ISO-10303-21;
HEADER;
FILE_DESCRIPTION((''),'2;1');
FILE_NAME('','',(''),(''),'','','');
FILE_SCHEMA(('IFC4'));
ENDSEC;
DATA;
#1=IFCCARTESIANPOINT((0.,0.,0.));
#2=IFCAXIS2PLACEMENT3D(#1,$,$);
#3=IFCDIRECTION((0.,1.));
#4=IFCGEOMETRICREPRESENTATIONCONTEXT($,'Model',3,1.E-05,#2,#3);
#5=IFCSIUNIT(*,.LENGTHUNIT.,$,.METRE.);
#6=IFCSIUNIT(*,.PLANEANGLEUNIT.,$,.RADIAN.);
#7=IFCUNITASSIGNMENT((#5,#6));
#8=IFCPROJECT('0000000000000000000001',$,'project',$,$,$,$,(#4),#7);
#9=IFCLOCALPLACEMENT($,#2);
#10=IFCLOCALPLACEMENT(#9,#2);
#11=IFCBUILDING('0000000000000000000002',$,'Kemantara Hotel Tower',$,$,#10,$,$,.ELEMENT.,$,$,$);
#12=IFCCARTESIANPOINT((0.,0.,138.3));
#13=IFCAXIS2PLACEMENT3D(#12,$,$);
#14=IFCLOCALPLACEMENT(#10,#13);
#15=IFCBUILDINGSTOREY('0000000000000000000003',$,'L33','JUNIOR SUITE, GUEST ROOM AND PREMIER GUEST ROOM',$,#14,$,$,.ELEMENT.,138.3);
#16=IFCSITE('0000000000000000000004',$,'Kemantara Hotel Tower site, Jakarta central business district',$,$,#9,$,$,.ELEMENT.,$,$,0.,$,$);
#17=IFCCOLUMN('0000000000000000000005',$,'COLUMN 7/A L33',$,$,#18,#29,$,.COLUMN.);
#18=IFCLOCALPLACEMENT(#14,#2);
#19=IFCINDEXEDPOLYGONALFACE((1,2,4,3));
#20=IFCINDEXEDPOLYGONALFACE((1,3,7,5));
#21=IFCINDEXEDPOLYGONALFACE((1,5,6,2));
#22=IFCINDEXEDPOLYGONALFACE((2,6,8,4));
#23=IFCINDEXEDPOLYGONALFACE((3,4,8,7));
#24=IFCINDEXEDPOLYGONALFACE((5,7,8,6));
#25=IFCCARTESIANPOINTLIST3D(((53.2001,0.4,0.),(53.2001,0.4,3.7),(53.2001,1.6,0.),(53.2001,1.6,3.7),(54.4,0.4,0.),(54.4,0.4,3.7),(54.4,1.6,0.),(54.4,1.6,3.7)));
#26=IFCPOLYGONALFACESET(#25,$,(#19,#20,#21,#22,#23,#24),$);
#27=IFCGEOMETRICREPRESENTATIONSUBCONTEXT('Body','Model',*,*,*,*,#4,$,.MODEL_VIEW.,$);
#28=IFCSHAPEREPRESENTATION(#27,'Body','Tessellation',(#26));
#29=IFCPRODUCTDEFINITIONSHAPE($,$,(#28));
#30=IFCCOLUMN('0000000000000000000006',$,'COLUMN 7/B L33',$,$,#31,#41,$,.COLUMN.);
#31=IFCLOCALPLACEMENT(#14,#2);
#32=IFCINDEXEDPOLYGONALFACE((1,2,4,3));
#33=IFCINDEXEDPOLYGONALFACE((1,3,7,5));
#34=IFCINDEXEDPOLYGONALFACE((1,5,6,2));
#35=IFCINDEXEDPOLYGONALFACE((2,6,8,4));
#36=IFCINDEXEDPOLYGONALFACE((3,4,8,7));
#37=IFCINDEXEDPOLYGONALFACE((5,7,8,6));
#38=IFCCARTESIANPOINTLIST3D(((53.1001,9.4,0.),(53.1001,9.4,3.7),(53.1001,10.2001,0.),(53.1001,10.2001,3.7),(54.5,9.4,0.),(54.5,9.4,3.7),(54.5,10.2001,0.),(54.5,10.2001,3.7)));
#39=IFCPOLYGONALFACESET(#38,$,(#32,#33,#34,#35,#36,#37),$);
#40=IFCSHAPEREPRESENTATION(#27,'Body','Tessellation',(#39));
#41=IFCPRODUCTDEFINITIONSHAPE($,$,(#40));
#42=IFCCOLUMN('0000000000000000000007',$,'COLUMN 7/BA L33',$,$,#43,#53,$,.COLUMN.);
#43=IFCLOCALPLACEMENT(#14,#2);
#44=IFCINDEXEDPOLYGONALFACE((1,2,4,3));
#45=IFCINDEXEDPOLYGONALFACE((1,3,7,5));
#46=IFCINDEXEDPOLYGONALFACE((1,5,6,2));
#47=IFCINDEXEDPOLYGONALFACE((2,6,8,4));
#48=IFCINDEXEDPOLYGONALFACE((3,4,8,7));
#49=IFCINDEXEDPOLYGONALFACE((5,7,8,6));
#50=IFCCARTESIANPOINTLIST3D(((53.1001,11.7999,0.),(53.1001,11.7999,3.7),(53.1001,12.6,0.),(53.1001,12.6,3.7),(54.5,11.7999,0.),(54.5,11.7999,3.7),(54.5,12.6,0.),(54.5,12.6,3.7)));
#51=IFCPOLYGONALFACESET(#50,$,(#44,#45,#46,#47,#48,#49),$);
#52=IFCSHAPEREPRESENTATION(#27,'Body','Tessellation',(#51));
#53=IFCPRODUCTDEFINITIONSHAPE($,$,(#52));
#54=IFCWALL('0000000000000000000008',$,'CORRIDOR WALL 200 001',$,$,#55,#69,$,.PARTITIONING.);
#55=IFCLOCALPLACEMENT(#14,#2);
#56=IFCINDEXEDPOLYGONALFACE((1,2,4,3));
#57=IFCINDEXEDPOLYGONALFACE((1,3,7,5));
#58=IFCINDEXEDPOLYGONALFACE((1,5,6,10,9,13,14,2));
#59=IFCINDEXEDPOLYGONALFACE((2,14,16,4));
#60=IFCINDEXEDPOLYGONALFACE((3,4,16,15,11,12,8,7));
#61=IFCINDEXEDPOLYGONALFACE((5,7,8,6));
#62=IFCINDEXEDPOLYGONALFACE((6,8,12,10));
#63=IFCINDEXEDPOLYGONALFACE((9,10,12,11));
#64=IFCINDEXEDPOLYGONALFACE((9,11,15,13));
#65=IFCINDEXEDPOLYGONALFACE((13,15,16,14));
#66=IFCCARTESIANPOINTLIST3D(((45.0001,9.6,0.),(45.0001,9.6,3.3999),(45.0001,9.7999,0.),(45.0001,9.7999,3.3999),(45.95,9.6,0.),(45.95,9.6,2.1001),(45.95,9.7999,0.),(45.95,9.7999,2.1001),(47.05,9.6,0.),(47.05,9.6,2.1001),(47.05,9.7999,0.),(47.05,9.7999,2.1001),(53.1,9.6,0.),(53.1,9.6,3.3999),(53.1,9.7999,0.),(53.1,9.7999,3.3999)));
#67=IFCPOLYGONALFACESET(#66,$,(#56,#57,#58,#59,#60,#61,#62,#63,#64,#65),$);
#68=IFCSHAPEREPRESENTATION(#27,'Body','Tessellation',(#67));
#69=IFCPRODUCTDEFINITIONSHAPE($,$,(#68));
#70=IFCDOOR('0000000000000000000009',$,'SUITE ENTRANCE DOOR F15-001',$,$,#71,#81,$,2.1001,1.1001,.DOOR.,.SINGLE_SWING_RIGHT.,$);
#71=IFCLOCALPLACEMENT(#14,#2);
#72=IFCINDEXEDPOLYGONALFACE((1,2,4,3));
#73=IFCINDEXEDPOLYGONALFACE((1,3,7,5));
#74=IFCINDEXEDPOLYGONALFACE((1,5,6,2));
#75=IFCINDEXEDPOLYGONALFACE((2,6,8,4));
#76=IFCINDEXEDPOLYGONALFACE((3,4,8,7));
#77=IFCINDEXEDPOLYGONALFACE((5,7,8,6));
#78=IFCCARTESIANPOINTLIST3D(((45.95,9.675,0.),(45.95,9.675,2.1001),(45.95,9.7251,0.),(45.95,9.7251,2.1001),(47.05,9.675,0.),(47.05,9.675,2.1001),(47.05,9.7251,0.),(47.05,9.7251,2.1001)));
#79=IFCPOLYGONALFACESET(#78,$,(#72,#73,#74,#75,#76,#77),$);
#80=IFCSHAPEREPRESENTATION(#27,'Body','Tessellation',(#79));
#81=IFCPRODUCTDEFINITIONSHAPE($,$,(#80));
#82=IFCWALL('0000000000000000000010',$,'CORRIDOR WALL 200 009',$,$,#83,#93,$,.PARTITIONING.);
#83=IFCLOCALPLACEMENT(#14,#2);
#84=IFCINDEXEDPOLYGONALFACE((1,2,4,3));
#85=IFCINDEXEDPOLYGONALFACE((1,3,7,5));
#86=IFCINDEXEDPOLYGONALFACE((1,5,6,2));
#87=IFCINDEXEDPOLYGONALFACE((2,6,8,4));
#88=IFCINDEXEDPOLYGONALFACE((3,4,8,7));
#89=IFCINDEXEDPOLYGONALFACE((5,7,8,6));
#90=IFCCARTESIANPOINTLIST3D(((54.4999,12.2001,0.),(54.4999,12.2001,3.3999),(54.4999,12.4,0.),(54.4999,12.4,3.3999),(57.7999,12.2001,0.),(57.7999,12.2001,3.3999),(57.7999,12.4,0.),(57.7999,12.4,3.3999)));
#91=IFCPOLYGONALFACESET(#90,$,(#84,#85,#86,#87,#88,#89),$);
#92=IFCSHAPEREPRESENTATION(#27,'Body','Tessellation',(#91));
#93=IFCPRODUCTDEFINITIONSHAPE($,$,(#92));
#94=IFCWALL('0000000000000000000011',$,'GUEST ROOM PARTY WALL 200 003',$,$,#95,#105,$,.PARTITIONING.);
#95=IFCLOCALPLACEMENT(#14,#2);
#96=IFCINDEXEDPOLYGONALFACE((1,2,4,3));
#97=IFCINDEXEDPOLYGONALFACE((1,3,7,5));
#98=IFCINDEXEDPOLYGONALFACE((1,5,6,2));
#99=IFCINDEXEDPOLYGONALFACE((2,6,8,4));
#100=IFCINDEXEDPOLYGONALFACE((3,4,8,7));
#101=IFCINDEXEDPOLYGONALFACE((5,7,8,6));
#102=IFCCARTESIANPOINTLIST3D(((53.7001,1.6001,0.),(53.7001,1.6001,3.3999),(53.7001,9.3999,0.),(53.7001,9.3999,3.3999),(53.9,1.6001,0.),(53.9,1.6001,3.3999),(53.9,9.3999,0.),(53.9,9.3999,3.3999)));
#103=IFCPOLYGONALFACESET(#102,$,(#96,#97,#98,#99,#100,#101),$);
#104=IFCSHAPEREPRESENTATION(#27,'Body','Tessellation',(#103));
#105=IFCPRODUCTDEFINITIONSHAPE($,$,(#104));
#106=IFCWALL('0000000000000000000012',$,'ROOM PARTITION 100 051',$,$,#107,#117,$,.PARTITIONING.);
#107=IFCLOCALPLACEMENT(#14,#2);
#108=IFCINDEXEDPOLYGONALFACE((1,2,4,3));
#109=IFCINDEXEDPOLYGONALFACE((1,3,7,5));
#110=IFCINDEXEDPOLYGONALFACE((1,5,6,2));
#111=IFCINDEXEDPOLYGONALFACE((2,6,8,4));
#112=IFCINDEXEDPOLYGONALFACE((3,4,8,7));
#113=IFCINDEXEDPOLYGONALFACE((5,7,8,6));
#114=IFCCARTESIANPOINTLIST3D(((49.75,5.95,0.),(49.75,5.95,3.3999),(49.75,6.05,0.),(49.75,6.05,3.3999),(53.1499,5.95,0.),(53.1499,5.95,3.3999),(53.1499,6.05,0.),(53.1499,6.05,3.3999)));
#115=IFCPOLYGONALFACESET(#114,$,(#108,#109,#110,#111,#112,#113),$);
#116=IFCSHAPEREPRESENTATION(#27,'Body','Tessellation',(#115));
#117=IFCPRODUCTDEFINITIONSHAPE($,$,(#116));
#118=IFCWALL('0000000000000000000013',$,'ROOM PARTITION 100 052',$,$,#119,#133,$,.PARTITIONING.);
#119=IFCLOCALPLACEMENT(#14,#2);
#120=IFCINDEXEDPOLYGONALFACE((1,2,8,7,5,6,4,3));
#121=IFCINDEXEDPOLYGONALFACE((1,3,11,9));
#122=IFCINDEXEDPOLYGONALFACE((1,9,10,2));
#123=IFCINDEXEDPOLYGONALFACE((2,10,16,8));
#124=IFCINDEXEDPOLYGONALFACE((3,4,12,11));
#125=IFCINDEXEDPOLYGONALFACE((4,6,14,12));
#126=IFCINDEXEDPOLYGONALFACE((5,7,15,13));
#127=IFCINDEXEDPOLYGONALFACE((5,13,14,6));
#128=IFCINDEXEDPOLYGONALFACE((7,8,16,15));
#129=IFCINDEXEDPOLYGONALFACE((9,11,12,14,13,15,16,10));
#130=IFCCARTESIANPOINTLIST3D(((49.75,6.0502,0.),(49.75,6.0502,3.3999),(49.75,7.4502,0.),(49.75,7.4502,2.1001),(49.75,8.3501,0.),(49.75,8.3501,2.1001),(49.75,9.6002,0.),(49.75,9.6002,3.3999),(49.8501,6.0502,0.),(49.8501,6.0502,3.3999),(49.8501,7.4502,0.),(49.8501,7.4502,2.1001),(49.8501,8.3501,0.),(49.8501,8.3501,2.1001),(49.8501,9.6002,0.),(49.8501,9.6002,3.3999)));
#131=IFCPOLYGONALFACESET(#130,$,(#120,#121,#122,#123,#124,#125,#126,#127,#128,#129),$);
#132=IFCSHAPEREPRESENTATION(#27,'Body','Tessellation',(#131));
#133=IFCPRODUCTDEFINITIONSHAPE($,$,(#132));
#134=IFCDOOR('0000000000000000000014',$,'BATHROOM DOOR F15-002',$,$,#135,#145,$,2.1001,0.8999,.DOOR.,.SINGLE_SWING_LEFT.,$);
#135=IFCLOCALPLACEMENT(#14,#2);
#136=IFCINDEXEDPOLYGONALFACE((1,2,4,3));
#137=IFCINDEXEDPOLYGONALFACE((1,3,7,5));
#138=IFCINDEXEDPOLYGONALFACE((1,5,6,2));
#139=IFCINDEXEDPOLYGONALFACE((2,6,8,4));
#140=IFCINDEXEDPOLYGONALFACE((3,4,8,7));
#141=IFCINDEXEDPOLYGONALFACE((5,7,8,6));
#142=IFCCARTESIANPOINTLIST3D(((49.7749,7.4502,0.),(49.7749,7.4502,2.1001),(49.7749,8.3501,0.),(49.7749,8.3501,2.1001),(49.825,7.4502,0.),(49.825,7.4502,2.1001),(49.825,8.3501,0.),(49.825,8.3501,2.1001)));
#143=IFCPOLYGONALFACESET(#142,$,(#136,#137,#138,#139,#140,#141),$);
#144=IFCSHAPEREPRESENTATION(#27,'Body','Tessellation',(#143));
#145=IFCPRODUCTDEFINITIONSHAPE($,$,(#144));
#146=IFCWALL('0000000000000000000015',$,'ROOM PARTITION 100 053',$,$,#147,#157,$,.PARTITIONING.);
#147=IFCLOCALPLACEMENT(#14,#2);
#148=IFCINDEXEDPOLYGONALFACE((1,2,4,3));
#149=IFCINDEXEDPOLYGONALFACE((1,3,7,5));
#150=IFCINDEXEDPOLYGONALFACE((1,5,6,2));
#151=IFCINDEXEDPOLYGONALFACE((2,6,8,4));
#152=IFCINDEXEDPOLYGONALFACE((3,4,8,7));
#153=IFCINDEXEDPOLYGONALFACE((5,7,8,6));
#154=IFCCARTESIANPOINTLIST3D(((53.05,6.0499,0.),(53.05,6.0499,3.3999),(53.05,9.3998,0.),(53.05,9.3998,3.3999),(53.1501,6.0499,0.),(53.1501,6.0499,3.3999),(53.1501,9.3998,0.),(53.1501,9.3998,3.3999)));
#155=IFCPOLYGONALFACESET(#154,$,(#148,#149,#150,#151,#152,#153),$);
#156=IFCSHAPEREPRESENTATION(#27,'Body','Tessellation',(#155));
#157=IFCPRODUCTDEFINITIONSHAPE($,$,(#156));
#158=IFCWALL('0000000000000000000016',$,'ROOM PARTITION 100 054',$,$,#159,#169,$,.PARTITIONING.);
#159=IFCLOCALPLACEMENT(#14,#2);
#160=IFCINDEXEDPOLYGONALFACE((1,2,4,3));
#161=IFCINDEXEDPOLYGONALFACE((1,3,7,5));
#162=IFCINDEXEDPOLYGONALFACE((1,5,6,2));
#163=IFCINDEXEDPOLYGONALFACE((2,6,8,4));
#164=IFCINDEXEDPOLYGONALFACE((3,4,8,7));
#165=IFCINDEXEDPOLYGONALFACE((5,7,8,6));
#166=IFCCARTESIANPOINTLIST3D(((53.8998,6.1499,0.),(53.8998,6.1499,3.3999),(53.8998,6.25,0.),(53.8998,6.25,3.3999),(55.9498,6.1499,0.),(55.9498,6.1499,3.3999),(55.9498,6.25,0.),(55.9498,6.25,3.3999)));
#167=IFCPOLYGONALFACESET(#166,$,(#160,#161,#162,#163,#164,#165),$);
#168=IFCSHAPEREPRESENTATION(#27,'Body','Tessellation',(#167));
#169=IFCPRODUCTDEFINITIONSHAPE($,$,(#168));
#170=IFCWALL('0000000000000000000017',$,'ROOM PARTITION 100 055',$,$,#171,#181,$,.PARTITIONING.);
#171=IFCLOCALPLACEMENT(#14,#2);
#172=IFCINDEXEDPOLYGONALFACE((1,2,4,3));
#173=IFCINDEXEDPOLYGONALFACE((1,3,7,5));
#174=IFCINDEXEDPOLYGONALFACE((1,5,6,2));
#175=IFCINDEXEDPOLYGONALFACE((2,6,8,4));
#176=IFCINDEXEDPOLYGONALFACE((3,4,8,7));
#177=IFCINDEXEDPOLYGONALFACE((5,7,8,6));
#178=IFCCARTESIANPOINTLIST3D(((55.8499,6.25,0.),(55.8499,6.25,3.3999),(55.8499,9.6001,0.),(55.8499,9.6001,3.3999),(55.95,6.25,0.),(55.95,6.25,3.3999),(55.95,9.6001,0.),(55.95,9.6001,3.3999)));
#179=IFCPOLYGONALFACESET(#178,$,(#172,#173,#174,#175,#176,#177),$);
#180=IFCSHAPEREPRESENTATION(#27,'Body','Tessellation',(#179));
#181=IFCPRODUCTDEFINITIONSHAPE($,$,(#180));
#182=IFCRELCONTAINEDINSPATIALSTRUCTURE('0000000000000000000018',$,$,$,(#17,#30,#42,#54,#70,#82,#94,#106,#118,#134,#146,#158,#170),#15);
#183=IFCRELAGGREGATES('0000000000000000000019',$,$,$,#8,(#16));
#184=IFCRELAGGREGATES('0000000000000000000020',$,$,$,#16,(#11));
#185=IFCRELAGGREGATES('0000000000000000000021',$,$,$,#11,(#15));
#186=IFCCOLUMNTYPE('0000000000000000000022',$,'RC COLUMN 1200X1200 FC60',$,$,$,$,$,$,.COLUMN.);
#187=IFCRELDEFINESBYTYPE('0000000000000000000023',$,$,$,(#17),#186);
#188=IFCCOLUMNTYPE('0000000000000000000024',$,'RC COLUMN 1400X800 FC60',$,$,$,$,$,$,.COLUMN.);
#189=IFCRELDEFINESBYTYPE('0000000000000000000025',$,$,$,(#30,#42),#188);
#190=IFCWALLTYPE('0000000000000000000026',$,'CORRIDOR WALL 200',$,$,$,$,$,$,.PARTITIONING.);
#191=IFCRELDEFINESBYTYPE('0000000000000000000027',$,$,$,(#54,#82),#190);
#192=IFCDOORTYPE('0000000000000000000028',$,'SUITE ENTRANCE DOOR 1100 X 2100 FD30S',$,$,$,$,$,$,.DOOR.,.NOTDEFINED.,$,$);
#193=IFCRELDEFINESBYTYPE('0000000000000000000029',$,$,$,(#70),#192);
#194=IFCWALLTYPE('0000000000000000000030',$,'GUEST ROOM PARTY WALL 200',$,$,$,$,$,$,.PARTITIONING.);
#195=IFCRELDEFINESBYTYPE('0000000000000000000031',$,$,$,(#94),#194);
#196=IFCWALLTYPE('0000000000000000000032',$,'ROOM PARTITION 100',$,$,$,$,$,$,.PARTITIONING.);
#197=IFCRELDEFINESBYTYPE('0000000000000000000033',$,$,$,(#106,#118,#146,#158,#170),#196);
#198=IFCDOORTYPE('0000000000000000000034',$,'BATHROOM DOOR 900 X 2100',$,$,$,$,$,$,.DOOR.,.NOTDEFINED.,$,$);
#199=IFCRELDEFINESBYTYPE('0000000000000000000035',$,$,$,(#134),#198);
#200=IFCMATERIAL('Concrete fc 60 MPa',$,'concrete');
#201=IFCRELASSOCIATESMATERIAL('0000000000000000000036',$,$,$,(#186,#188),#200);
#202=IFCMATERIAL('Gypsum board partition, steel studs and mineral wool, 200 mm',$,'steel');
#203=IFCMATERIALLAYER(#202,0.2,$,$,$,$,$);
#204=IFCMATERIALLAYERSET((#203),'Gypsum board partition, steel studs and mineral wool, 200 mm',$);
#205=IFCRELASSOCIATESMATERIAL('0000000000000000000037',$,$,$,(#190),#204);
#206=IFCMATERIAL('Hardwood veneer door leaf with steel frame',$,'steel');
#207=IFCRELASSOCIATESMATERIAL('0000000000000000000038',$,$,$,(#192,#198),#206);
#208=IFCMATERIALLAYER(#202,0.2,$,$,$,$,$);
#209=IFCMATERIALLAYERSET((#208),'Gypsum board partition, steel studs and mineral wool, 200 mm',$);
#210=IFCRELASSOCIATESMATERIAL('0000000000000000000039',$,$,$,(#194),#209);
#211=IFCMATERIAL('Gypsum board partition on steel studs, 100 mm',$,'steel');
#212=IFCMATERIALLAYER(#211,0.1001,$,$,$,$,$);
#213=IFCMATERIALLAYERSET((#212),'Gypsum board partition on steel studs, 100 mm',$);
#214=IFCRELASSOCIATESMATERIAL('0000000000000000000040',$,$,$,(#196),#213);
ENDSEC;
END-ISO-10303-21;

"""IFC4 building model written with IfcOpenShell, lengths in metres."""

from ifc_helpers import new_model, si_unit, direction, frame, frame_2d, origin, origin_2d, place, context, subcontext, project, spatial, rectangle, extrude, material, layer, layer_set, material_profile, profile_set, type_object, element, fill, save


model = new_model("IFC4")

# Units and contexts
model_context = context("Model", 3, precision=1e-05, world=origin(), true_north=direction((0.0, 1.0)))
body_context = subcontext(model_context, "Body", "Model", "MODEL_VIEW")
ifc_project = project(units=[si_unit("LENGTHUNIT", "METRE"), si_unit("PLANEANGLEUNIT", "RADIAN")], contexts=[model_context])

# Site, building, storey
site_placement = place(None, origin())
site = spatial("IfcSite", under=ifc_project, at=site_placement, Name="Kemantara Hotel Tower site, Jakarta central business district", CompositionType="ELEMENT", RefElevation=0.0)
building_placement = place(site_placement, origin())
building = spatial("IfcBuilding", under=site, at=building_placement, Name="Kemantara Hotel Tower", CompositionType="ELEMENT")
storey_placement = place(building_placement, frame((0.0, 0.0, 138.3)))
storey = spatial("IfcBuildingStorey", under=building, at=storey_placement, Name="L33", Description="JUNIOR SUITE, GUEST ROOM AND PREMIER GUEST ROOM", CompositionType="ELEMENT", Elevation=138.3)

# Columns
ifc_material_1 = material(Name="Concrete fc 60 MPa", Category="concrete")
ifc_material_profile_1 = material_profile(ifc_material_1, rectangle(XDim=1.2, YDim=1.2, at=origin_2d()), Name="RC 1200X1200")
ifc_profile_set_1 = profile_set([ifc_material_profile_1], Name="Concrete fc 60 MPa")
column_type_1 = type_object("IfcColumnType", Name="RC COLUMN 1200X1200 FC60", PredefinedType="COLUMN", material=ifc_profile_set_1)
column_placement = place(storey_placement, frame((53.8, 1.0, 0.0), z_axis=(0.0, 0.0, 1.0), x_axis=(1.0, 0.0, 0.0)))
element("IfcColumn", 1, at=column_placement, inside=storey, type_object=column_type_1, Name="COLUMN 7/A L33", PredefinedType="COLUMN", context=body_context, shape_type="SweptSolid", body=[
    extrude(rectangle(XDim=1.2, YDim=1.2, at=origin_2d()), origin(), (0.0, 0.0, 1.0), 3.7),
])
ifc_material_profile_2 = material_profile(ifc_material_1, rectangle(XDim=1.3999, YDim=0.8, at=origin_2d()), Name="RC 1400X800")
ifc_profile_set_2 = profile_set([ifc_material_profile_2], Name="Concrete fc 60 MPa")
column_type_2 = type_object("IfcColumnType", Name="RC COLUMN 1400X800 FC60", PredefinedType="COLUMN", material=ifc_profile_set_2)
for number, where, z_axis, x_axis, name in (
    (2, (53.8, 9.8, 0.0), (0.0, 0.0, 1.0), (1.0, 0.0, 0.0), "COLUMN 7/B L33"),
    (3, (53.8, 12.2, 0.0), (0.0, 0.0, 1.0), (1.0, 0.0, 0.0), "COLUMN 7/BA L33"),
):
    element("IfcColumn", number, at=place(storey_placement, frame(where, z_axis=z_axis, x_axis=x_axis)), inside=storey, type_object=column_type_2, Name=name, PredefinedType="COLUMN", context=body_context, shape_type="SweptSolid", body=[
        extrude(rectangle(XDim=1.3999, YDim=0.8, at=origin_2d()), origin(), (0.0, 0.0, 1.0), 3.7),
    ])

# Wall, opening, door
ifc_material_2 = material(Name="Gypsum board partition, steel studs and mineral wool, 200 mm", Category="steel")
ifc_layer_1 = layer(ifc_material_2, 0.2)
ifc_layer_set_1 = layer_set([ifc_layer_1], Name="Gypsum board partition, steel studs and mineral wool, 200 mm")
wall_type_1 = type_object("IfcWallType", Name="CORRIDOR WALL 200", PredefinedType="PARTITIONING", material=ifc_layer_set_1)
wall_1_placement = place(storey_placement, frame((53.0999, 9.7, 0.0), z_axis=(0.0, 0.0, 1.0), x_axis=(-1.0, 0.0, 0.0)))
wall_1 = element("IfcWall", 4, at=wall_1_placement, inside=storey, type_object=wall_type_1, Name="CORRIDOR WALL 200 001", PredefinedType="PARTITIONING", context=body_context, shape_type="SweptSolid", body=[
    extrude(rectangle(XDim=8.0999, YDim=0.2, at=frame_2d((4.0498, 0.0))), origin(), (0.0, 0.0, 1.0), 3.3999),
])
opening_1_placement = place(wall_1_placement, frame((6.0498, 0.0, 0.0)))
opening_1 = element("IfcOpeningElement", 5, at=opening_1_placement, cuts=wall_1, PredefinedType="OPENING", context=body_context, shape_type="SweptSolid", body=[
    extrude(rectangle(XDim=1.1001, YDim=2.1001, at=frame_2d((0.55, 1.05))), frame((0.0, 0.1099, 0.0), z_axis=(0.0, -1.0, 0.0), x_axis=(1.0, 0.0, 0.0)), (0.0, 0.0, 1.0), 0.22),
])
ifc_material_3 = material(Name="Hardwood veneer door leaf with steel frame", Category="steel")
door_type_1 = type_object("IfcDoorType", Name="SUITE ENTRANCE DOOR 1100 X 2100 FD30S", OperationType="NOTDEFINED", PredefinedType="DOOR", material=ifc_material_3)
door_1_placement = place(opening_1_placement, origin())
door_1 = element("IfcDoor", 6, at=door_1_placement, inside=storey, type_object=door_type_1, Name="SUITE ENTRANCE DOOR F15-001", OperationType="SINGLE_SWING_RIGHT", OverallHeight=2.1001, OverallWidth=1.1001, PredefinedType="DOOR", context=body_context, shape_type="SweptSolid", body=[
    extrude(rectangle(XDim=1.1001, YDim=2.1001, at=frame_2d((0.55, 1.05))), frame((0.0, 0.0249, 0.0), z_axis=(0.0, -1.0, 0.0), x_axis=(1.0, 0.0, 0.0)), (0.0, 0.0, 1.0), 0.05),
])
fill(opening_1, door_1)

# Walls
wall_2_placement = place(storey_placement, frame((54.5, 12.3, 0.0), z_axis=(0.0, 0.0, 1.0), x_axis=(1.0, 0.0, 0.0)))
element("IfcWall", 7, at=wall_2_placement, inside=storey, type_object=wall_type_1, Name="CORRIDOR WALL 200 009", PredefinedType="PARTITIONING", context=body_context, shape_type="SweptSolid", body=[
    extrude(rectangle(XDim=3.3, YDim=0.2, at=frame_2d((1.6499, 0.0))), origin(), (0.0, 0.0, 1.0), 3.3999),
])
ifc_layer_2 = layer(ifc_material_2, 0.2)
ifc_layer_set_2 = layer_set([ifc_layer_2], Name="Gypsum board partition, steel studs and mineral wool, 200 mm")
wall_type_2 = type_object("IfcWallType", Name="GUEST ROOM PARTY WALL 200", PredefinedType="PARTITIONING", material=ifc_layer_set_2)
wall_3_placement = place(storey_placement, frame((53.8, 1.6001, 0.0), z_axis=(0.0, 0.0, 1.0), x_axis=(0.0, 1.0, 0.0)))
element("IfcWall", 8, at=wall_3_placement, inside=storey, type_object=wall_type_2, Name="GUEST ROOM PARTY WALL 200 003", PredefinedType="PARTITIONING", context=body_context, shape_type="SweptSolid", body=[
    extrude(rectangle(XDim=7.7998, YDim=0.2, at=frame_2d((3.8999, 0.0))), origin(), (0.0, 0.0, 1.0), 3.3999),
])
ifc_material_4 = material(Name="Gypsum board partition on steel studs, 100 mm", Category="steel")
ifc_layer_3 = layer(ifc_material_4, 0.1001)
ifc_layer_set_3 = layer_set([ifc_layer_3], Name="Gypsum board partition on steel studs, 100 mm")
wall_type_3 = type_object("IfcWallType", Name="ROOM PARTITION 100", PredefinedType="PARTITIONING", material=ifc_layer_set_3)
wall_4_placement = place(storey_placement, frame((49.75, 6.0, 0.0), z_axis=(0.0, 0.0, 1.0), x_axis=(1.0, 0.0, 0.0)))
element("IfcWall", 9, at=wall_4_placement, inside=storey, type_object=wall_type_3, Name="ROOM PARTITION 100 051", PredefinedType="PARTITIONING", context=body_context, shape_type="SweptSolid", body=[
    extrude(rectangle(XDim=3.3999, YDim=0.1001, at=frame_2d((1.7, 0.0))), origin(), (0.0, 0.0, 1.0), 3.3999),
])

# Wall, opening, door
wall_5_placement = place(storey_placement, frame((49.8, 9.6001, 0.0), z_axis=(0.0, 0.0, 1.0), x_axis=(0.0, -1.0, 0.0)))
wall_5 = element("IfcWall", 10, at=wall_5_placement, inside=storey, type_object=wall_type_3, Name="ROOM PARTITION 100 052", PredefinedType="PARTITIONING", context=body_context, shape_type="SweptSolid", body=[
    extrude(rectangle(XDim=3.55, YDim=0.1001, at=frame_2d((1.7749, 0.0))), origin(), (0.0, 0.0, 1.0), 3.3999),
])
opening_2_placement = place(wall_5_placement, frame((1.25, 0.0, 0.0)))
opening_2 = element("IfcOpeningElement", 11, at=opening_2_placement, cuts=wall_5, PredefinedType="OPENING", context=body_context, shape_type="SweptSolid", body=[
    extrude(rectangle(XDim=0.8999, YDim=2.1001, at=frame_2d((0.45, 1.05))), frame((0.0, 0.0601, 0.0), z_axis=(0.0, -1.0, 0.0), x_axis=(1.0, 0.0, 0.0)), (0.0, 0.0, 1.0), 0.1201),
])
door_type_2 = type_object("IfcDoorType", Name="BATHROOM DOOR 900 X 2100", OperationType="NOTDEFINED", PredefinedType="DOOR", material=ifc_material_3)
door_2_placement = place(opening_2_placement, origin())
door_2 = element("IfcDoor", 12, at=door_2_placement, inside=storey, type_object=door_type_2, Name="BATHROOM DOOR F15-002", OperationType="SINGLE_SWING_LEFT", OverallHeight=2.1001, OverallWidth=0.8999, PredefinedType="DOOR", context=body_context, shape_type="SweptSolid", body=[
    extrude(rectangle(XDim=0.8999, YDim=2.1001, at=frame_2d((0.45, 1.05))), frame((0.0, 0.0249, 0.0), z_axis=(0.0, -1.0, 0.0), x_axis=(1.0, 0.0, 0.0)), (0.0, 0.0, 1.0), 0.05),
])
fill(opening_2, door_2)

# Walls
wall_6_placement = place(storey_placement, frame((53.1001, 6.05, 0.0), z_axis=(0.0, 0.0, 1.0), x_axis=(0.0, 1.0, 0.0)))
element("IfcWall", 13, at=wall_6_placement, inside=storey, type_object=wall_type_3, Name="ROOM PARTITION 100 053", PredefinedType="PARTITIONING", context=body_context, shape_type="SweptSolid", body=[
    extrude(rectangle(XDim=3.3499, YDim=0.1001, at=frame_2d((1.6748, 0.0))), origin(), (0.0, 0.0, 1.0), 3.3999),
])
wall_7_placement = place(storey_placement, frame((53.8999, 6.2, 0.0), z_axis=(0.0, 0.0, 1.0), x_axis=(1.0, 0.0, 0.0)))
element("IfcWall", 14, at=wall_7_placement, inside=storey, type_object=wall_type_3, Name="ROOM PARTITION 100 054", PredefinedType="PARTITIONING", context=body_context, shape_type="SweptSolid", body=[
    extrude(rectangle(XDim=2.05, YDim=0.1001, at=frame_2d((1.0249, 0.0))), origin(), (0.0, 0.0, 1.0), 3.3999),
])
wall_8_placement = place(storey_placement, frame((55.8999, 6.25, 0.0), z_axis=(0.0, 0.0, 1.0), x_axis=(0.0, 1.0, 0.0)))
element("IfcWall", 15, at=wall_8_placement, inside=storey, type_object=wall_type_3, Name="ROOM PARTITION 100 055", PredefinedType="PARTITIONING", context=body_context, shape_type="SweptSolid", body=[
    extrude(rectangle(XDim=3.3501, YDim=0.1001, at=frame_2d((1.675, 0.0))), origin(), (0.0, 0.0, 1.0), 3.3999),
])

save(model, "model.ifc")
